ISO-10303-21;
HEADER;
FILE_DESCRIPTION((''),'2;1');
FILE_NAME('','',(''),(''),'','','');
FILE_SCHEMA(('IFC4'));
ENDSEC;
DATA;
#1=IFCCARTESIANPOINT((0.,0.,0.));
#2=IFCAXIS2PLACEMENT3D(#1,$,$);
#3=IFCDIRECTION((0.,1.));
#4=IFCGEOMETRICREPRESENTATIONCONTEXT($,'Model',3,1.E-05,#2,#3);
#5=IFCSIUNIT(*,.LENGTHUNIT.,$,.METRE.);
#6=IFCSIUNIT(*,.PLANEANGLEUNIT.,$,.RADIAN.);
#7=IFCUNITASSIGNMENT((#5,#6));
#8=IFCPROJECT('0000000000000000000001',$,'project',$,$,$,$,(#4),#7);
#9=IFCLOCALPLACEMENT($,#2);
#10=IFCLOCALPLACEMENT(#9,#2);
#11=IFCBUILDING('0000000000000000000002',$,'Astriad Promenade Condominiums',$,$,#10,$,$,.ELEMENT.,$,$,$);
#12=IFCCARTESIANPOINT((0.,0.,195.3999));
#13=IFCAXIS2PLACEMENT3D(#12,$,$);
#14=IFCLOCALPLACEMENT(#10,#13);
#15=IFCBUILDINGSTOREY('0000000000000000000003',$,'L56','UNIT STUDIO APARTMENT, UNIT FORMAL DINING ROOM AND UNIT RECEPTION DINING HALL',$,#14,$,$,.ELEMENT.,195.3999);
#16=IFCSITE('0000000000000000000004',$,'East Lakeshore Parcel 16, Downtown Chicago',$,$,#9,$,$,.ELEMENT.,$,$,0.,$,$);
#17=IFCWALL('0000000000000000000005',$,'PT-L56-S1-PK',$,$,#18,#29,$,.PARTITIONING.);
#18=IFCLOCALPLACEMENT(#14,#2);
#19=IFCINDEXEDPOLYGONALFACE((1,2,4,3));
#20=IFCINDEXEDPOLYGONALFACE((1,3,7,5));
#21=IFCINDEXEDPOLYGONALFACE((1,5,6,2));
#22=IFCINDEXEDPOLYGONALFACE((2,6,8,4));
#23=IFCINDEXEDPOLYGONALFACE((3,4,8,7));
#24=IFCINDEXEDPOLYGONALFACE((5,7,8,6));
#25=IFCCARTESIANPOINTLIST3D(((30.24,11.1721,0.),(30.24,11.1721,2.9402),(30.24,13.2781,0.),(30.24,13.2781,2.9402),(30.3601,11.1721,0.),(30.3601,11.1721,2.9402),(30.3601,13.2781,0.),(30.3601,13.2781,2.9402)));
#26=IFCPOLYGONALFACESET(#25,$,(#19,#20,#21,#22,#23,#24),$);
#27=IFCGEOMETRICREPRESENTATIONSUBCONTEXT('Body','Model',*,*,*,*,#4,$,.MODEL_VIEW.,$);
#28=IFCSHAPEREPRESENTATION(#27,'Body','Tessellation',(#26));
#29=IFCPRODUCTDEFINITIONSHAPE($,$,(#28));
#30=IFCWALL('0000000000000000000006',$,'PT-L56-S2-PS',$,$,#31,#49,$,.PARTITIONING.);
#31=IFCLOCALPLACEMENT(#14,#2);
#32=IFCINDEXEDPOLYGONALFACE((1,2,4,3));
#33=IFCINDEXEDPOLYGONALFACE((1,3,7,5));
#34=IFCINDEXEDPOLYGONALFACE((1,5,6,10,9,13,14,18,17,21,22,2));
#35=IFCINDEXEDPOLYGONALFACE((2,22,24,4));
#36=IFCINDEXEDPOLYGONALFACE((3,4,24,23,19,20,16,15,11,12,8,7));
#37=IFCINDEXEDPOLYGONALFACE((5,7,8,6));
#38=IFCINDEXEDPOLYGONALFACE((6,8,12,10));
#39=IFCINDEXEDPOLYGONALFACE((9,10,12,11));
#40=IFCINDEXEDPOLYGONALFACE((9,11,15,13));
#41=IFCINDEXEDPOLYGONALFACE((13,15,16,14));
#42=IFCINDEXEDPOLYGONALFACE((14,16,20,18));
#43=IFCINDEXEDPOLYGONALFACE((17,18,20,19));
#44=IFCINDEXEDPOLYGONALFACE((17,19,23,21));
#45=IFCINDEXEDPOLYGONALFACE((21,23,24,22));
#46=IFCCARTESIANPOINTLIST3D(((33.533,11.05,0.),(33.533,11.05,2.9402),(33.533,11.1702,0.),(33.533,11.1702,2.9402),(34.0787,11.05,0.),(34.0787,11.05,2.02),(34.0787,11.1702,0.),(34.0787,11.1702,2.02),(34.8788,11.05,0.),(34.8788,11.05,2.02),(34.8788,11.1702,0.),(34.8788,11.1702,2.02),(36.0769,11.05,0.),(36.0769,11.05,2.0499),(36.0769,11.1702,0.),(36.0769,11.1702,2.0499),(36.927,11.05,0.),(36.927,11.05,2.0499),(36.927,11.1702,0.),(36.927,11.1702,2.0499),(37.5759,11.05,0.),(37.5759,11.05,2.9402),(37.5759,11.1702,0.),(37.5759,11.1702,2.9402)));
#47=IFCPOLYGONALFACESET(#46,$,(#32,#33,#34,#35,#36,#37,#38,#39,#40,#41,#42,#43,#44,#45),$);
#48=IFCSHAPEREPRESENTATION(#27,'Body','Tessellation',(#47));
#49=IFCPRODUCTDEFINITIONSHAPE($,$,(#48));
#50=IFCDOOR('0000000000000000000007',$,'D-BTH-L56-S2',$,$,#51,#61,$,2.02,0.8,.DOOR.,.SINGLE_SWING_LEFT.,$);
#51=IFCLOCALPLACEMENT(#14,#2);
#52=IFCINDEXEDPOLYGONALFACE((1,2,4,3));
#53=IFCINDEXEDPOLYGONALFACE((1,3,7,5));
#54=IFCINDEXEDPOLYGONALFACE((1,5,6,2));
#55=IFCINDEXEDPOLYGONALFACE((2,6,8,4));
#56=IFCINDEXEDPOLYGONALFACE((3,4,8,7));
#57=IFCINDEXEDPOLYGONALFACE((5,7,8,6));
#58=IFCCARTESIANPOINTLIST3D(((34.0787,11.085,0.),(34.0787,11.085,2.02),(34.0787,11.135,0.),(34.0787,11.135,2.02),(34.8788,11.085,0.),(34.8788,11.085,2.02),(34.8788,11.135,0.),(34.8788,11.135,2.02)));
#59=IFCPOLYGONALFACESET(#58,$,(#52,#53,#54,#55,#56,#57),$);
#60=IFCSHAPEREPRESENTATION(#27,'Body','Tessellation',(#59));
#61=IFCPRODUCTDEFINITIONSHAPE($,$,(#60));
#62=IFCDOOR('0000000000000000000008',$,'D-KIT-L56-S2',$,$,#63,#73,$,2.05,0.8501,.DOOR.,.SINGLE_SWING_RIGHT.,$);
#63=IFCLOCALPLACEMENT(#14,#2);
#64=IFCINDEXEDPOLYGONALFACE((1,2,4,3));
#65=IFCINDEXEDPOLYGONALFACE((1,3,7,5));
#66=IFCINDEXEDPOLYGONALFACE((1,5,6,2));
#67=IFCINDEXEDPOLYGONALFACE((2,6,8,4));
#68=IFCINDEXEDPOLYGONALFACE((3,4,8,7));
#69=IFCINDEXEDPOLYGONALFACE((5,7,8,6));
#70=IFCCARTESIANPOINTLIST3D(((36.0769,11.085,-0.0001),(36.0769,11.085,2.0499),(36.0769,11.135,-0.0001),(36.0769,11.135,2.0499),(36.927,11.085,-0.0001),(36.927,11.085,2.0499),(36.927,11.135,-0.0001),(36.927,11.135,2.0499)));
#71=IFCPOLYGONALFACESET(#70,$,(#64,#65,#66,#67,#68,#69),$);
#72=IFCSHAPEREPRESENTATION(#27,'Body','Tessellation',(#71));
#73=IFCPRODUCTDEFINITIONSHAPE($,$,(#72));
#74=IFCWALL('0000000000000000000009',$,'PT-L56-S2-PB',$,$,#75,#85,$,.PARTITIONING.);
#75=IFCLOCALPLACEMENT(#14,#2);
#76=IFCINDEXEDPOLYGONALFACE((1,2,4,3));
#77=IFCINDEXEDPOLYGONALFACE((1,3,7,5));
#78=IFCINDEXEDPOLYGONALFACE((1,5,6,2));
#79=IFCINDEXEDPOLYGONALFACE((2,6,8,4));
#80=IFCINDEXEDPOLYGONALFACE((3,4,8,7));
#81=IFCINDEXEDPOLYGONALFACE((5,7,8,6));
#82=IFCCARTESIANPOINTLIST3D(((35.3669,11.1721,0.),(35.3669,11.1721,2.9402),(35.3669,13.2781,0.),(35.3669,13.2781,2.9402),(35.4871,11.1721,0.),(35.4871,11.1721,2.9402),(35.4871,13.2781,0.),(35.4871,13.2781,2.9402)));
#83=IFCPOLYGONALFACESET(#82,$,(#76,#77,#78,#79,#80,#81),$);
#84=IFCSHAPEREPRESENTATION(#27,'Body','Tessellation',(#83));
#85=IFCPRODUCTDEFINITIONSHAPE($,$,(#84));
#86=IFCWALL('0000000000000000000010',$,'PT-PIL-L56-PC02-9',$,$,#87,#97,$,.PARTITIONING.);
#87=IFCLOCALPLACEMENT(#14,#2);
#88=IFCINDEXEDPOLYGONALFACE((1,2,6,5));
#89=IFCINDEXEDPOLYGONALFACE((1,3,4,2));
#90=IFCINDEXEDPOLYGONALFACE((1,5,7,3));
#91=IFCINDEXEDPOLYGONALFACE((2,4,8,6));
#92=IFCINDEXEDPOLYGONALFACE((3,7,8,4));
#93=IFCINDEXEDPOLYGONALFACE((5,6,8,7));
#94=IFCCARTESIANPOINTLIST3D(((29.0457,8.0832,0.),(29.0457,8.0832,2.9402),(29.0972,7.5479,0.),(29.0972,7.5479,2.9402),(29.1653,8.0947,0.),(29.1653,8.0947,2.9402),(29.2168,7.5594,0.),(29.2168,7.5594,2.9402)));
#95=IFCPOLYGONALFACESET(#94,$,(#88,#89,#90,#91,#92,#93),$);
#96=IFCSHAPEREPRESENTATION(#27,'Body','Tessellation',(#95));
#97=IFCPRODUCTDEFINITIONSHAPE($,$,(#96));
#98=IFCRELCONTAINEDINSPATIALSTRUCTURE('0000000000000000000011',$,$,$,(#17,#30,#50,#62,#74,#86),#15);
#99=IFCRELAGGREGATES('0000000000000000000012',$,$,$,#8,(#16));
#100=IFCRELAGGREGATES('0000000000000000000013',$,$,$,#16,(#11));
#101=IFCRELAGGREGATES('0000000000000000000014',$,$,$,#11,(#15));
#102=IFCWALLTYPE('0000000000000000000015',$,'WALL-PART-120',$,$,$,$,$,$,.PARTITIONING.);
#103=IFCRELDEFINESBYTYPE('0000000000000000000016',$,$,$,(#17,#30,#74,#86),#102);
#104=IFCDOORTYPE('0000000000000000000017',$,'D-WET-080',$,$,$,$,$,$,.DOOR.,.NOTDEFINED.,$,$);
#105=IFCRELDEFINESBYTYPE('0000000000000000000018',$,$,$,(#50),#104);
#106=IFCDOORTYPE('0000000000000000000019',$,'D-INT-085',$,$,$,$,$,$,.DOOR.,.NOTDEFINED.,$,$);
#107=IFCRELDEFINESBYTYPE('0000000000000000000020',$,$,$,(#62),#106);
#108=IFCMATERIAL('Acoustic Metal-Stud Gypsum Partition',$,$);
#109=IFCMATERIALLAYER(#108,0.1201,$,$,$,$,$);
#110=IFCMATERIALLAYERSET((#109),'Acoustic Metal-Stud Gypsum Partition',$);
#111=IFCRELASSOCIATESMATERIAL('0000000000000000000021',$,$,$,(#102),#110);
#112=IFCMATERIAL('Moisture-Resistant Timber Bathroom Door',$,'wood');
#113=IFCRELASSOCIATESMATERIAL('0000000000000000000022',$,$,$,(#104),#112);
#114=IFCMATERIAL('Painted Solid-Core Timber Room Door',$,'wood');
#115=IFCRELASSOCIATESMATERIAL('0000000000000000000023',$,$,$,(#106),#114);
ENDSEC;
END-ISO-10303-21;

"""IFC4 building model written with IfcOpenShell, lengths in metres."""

from ifc_helpers import new_model, si_unit, direction, frame, frame_2d, origin, place, context, subcontext, project, spatial, rectangle, extrude, source, transform, mapped, material, layer, layer_set, type_object, type_shapes, element, fill, save


model = new_model("IFC4")

# Units and contexts
model_context = context("Model", 3, precision=1e-05, world=origin(), true_north=direction((0.0, 1.0)))
body_context = subcontext(model_context, "Body", "Model", "MODEL_VIEW")
ifc_project = project(units=[si_unit("LENGTHUNIT", "METRE"), si_unit("PLANEANGLEUNIT", "RADIAN")], contexts=[model_context])

# Site, building, storey
site_placement = place(None, origin())
site = spatial("IfcSite", under=ifc_project, at=site_placement, Name="East Lakeshore Parcel 16, Downtown Chicago", CompositionType="ELEMENT", RefElevation=0.0)
building_placement = place(site_placement, origin())
building = spatial("IfcBuilding", under=site, at=building_placement, Name="Astriad Promenade Condominiums", CompositionType="ELEMENT")
storey_placement = place(building_placement, frame((0.0, 0.0, 195.3999)))
storey = spatial("IfcBuildingStorey", under=building, at=storey_placement, Name="L56", Description="UNIT STUDIO APARTMENT, UNIT FORMAL DINING ROOM AND UNIT RECEPTION DINING HALL", CompositionType="ELEMENT", Elevation=195.3999)

# Wall
ifc_material_1 = material(Name="Acoustic Metal-Stud Gypsum Partition")
ifc_layer_1 = layer(ifc_material_1, 0.1201)
ifc_layer_set_1 = layer_set([ifc_layer_1], Name="Acoustic Metal-Stud Gypsum Partition")
wall_type_1 = type_object("IfcWallType", Name="WALL-PART-120", PredefinedType="PARTITIONING", material=ifc_layer_set_1)
wall_1_placement = place(storey_placement, frame((30.3, 11.1721, 0.0), z_axis=(0.0, 0.0, 1.0), x_axis=(0.0, 1.0, 0.0)))
element("IfcWall", 1, at=wall_1_placement, inside=storey, type_object=wall_type_1, Name="PT-L56-S1-PK", PredefinedType="PARTITIONING", context=body_context, shape_type="SweptSolid", body=[
    extrude(rectangle(XDim=2.106, YDim=0.1201, at=frame_2d((1.053, 0.0))), origin(), (0.0, 0.0, 1.0), 2.9402),
])

# Wall, openings, doors
wall_2_placement = place(storey_placement, frame((33.533, 11.1101, 0.0), z_axis=(0.0, 0.0, 1.0), x_axis=(1.0, 0.0, 0.0)))
wall_2 = element("IfcWall", 2, at=wall_2_placement, inside=storey, type_object=wall_type_1, Name="PT-L56-S2-PS", PredefinedType="PARTITIONING", context=body_context, shape_type="SweptSolid", body=[
    extrude(rectangle(XDim=4.043, YDim=0.1201, at=frame_2d((2.0215, 0.0))), origin(), (0.0, 0.0, 1.0), 2.9402),
])
opening_1_placement = place(wall_2_placement, frame((0.5459, 0.0, 0.0)))
opening_1 = element("IfcOpeningElement", 3, at=opening_1_placement, cuts=wall_2, PredefinedType="OPENING", context=body_context, shape_type="SweptSolid", body=[
    extrude(rectangle(XDim=0.8, YDim=2.02, at=frame_2d((0.3999, 1.01))), frame((0.0, 0.0701, 0.0), z_axis=(0.0, -1.0, 0.0), x_axis=(1.0, 0.0, 0.0)), (0.0, 0.0, 1.0), 0.1401),
])
opening_2_placement = place(wall_2_placement, frame((2.5439, 0.0, 0.0)))
opening_2 = element("IfcOpeningElement", 4, at=opening_2_placement, cuts=wall_2, PredefinedType="OPENING", context=body_context, shape_type="SweptSolid", body=[
    extrude(rectangle(XDim=0.8501, YDim=2.05, at=frame_2d((0.425, 1.0249))), frame((0.0, 0.0701, 0.0), z_axis=(0.0, -1.0, 0.0), x_axis=(1.0, 0.0, 0.0)), (0.0, 0.0, 1.0), 0.1401),
])
ifc_material_2 = material(Name="Moisture-Resistant Timber Bathroom Door", Category="wood")
door_type_1 = type_object("IfcDoorType", Name="D-WET-080", OperationType="NOTDEFINED", PredefinedType="DOOR", material=ifc_material_2)
shared_shape_1 = source(origin(), body_context, "Body", "SweptSolid", [
    extrude(rectangle(XDim=0.8, YDim=2.02, at=frame_2d((0.3999, 1.01))), frame((0.0, 0.0249, 0.0), z_axis=(0.0, -1.0, 0.0), x_axis=(1.0, 0.0, 0.0)), (0.0, 0.0, 1.0), 0.05),
])
type_shapes(door_type_1, [shared_shape_1])
door_1_placement = place(opening_1_placement, origin())
door_1 = element("IfcDoor", 5, at=door_1_placement, inside=storey, type_object=door_type_1, Name="D-BTH-L56-S2", OperationType="SINGLE_SWING_LEFT", OverallHeight=2.02, OverallWidth=0.8, PredefinedType="DOOR", context=body_context, shape_type="MappedRepresentation", body=[
    mapped(shared_shape_1, transform((0.0, 0.0, 0.0), scale=1.0)),
])
fill(opening_1, door_1)
ifc_material_3 = material(Name="Painted Solid-Core Timber Room Door", Category="wood")
door_type_2 = type_object("IfcDoorType", Name="D-INT-085", OperationType="NOTDEFINED", PredefinedType="DOOR", material=ifc_material_3)
shared_shape_2 = source(origin(), body_context, "Body", "SweptSolid", [
    extrude(rectangle(XDim=0.8501, YDim=2.05, at=frame_2d((0.425, 1.0249))), frame((0.0, 0.0249, 0.0), z_axis=(0.0, -1.0, 0.0), x_axis=(1.0, 0.0, 0.0)), (0.0, 0.0, 1.0), 0.05),
])
type_shapes(door_type_2, [shared_shape_2])
door_2_placement = place(opening_2_placement, origin())
door_2 = element("IfcDoor", 6, at=door_2_placement, inside=storey, type_object=door_type_2, Name="D-KIT-L56-S2", OperationType="SINGLE_SWING_RIGHT", OverallHeight=2.05, OverallWidth=0.8501, PredefinedType="DOOR", context=body_context, shape_type="MappedRepresentation", body=[
    mapped(shared_shape_2, transform((0.0, 0.0, 0.0), scale=1.0)),
])
fill(opening_2, door_2)

# Walls
wall_3_placement = place(storey_placement, frame((35.427, 11.1721, 0.0), z_axis=(0.0, 0.0, 1.0), x_axis=(0.0, 1.0, 0.0)))
element("IfcWall", 7, at=wall_3_placement, inside=storey, type_object=wall_type_1, Name="PT-L56-S2-PB", PredefinedType="PARTITIONING", context=body_context, shape_type="SweptSolid", body=[
    extrude(rectangle(XDim=2.106, YDim=0.1201, at=frame_2d((1.053, 0.0))), origin(), (0.0, 0.0, 1.0), 2.9402),
])
wall_4_placement = place(storey_placement, frame((29.1055, 8.0891, 0.0), z_axis=(0.0, 0.0, 1.0), x_axis=(0.095773, -0.995403, 0.0)))
element("IfcWall", 8, at=wall_4_placement, inside=storey, type_object=wall_type_1, Name="PT-PIL-L56-PC02-9", PredefinedType="PARTITIONING", context=body_context, shape_type="SweptSolid", body=[
    extrude(rectangle(XDim=0.5378, YDim=0.1201, at=frame_2d((0.269, 0.0))), origin(), (0.0, 0.0, 1.0), 2.9402),
])

save(model, "model.ifc")
